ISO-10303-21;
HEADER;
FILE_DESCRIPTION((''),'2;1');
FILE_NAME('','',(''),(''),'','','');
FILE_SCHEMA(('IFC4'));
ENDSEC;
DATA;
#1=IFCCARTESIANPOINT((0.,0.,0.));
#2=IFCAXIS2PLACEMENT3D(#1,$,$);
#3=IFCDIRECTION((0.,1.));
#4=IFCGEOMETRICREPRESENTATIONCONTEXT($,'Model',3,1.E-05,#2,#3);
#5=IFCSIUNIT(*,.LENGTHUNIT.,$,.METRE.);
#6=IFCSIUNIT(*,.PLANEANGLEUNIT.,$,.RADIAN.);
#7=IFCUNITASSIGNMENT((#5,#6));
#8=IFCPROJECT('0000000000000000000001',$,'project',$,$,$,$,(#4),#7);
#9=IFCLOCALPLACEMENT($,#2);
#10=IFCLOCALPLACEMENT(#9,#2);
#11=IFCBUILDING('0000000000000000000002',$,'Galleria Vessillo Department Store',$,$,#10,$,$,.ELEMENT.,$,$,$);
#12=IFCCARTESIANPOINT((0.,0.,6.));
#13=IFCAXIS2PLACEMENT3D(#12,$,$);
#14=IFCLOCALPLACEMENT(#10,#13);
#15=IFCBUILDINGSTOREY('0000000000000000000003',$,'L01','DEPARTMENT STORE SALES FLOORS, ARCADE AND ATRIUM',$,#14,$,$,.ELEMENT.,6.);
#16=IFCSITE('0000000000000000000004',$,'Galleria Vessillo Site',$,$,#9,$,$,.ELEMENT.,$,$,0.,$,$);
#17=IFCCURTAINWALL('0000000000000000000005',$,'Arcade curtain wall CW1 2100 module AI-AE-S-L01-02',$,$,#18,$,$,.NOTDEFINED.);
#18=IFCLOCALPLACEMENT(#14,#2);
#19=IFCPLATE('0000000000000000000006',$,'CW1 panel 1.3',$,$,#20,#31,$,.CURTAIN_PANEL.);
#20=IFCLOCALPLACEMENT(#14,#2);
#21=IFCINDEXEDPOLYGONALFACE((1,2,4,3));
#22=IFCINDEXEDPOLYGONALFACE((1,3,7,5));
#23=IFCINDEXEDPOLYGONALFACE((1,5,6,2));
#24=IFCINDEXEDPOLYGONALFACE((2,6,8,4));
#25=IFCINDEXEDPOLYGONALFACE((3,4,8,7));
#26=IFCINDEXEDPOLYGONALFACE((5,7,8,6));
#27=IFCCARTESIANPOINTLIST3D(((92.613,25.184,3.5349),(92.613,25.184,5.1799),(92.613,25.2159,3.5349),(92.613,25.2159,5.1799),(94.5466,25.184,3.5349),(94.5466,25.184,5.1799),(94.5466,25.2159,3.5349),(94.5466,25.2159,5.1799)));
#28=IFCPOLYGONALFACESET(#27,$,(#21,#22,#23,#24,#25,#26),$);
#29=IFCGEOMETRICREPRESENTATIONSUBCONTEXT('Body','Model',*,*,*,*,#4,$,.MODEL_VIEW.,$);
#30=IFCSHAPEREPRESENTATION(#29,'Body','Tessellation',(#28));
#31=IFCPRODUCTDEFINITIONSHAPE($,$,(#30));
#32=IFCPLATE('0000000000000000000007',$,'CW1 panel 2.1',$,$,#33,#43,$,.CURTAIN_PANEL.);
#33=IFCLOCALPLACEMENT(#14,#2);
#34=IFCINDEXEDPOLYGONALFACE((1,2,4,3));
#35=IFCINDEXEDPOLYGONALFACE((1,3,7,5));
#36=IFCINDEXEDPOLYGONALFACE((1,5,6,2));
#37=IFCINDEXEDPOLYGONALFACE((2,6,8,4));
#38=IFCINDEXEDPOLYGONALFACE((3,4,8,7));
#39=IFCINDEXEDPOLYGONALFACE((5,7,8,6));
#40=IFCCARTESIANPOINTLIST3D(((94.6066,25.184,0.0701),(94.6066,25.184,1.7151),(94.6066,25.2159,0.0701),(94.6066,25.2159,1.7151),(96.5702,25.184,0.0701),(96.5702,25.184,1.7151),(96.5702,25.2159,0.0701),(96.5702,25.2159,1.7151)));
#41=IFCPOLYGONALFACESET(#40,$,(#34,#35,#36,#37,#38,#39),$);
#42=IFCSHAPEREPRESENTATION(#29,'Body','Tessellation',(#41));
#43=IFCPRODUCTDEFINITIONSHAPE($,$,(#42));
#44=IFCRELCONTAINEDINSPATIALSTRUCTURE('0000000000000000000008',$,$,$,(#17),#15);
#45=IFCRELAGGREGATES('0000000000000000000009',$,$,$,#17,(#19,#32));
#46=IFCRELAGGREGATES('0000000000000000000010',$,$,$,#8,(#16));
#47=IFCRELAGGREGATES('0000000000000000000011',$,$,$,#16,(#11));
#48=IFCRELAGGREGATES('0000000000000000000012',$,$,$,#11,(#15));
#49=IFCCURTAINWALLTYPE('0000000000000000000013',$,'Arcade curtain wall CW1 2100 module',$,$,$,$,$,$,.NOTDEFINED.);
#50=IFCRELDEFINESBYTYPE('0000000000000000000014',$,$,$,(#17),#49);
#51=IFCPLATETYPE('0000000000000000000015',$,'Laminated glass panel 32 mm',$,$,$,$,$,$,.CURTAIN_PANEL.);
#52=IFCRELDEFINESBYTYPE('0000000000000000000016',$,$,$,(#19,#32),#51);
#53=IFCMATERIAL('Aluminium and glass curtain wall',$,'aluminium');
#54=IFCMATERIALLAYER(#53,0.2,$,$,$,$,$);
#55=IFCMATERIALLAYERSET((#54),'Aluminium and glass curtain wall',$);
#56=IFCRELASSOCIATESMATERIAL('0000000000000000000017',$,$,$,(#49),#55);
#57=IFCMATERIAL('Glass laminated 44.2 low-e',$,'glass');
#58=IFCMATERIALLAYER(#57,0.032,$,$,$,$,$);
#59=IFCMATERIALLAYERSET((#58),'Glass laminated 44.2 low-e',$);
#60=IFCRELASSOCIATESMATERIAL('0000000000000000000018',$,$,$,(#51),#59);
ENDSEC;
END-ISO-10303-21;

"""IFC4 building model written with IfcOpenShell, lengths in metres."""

from ifc_helpers import new_model, si_unit, direction, frame, origin, origin_2d, place, context, subcontext, project, spatial, rectangle, extrude, material, layer, layer_set, type_object, element, aggregate, save


model = new_model("IFC4")

# Units and contexts
model_context = context("Model", 3, precision=1e-05, world=origin(), true_north=direction((0.0, 1.0)))
body_context = subcontext(model_context, "Body", "Model", "MODEL_VIEW")
ifc_project = project(units=[si_unit("LENGTHUNIT", "METRE"), si_unit("PLANEANGLEUNIT", "RADIAN")], contexts=[model_context])

# Site, building, storey
site_placement = place(None, origin())
site = spatial("IfcSite", under=ifc_project, at=site_placement, Name="Galleria Vessillo Site", CompositionType="ELEMENT", RefElevation=0.0)
building_placement = place(site_placement, origin())
building = spatial("IfcBuilding", under=site, at=building_placement, Name="Galleria Vessillo Department Store", CompositionType="ELEMENT")
storey_placement = place(building_placement, frame((0.0, 0.0, 6.0)))
storey = spatial("IfcBuildingStorey", under=building, at=storey_placement, Name="L01", Description="DEPARTMENT STORE SALES FLOORS, ARCADE AND ATRIUM", CompositionType="ELEMENT", Elevation=6.0)

# Curtain wall
ifc_material_1 = material(Name="Aluminium and glass curtain wall", Category="aluminium")
ifc_layer_1 = layer(ifc_material_1, 0.2)
ifc_layer_set_1 = layer_set([ifc_layer_1], Name="Aluminium and glass curtain wall")
curtain_wall_type = type_object("IfcCurtainWallType", Name="Arcade curtain wall CW1 2100 module", PredefinedType="NOTDEFINED", material=ifc_layer_set_1)
curtain_wall_1_placement = place(storey_placement, origin())
curtain_wall_1 = element("IfcCurtainWall", 1, at=curtain_wall_1_placement, inside=storey, type_object=curtain_wall_type, Name="Arcade curtain wall CW1 2100 module AI-AE-S-L01-02", PredefinedType="NOTDEFINED")

# Plates
ifc_material_2 = material(Name="Glass laminated 44.2 low-e", Category="glass")
ifc_layer_2 = layer(ifc_material_2, 0.032)
ifc_layer_set_2 = layer_set([ifc_layer_2], Name="Glass laminated 44.2 low-e")
plate_type = type_object("IfcPlateType", Name="Laminated glass panel 32 mm", PredefinedType="CURTAIN_PANEL", material=ifc_layer_set_2)
plate_1_placement = place(storey_placement, frame((93.5798, 25.2, 3.5349), z_axis=(0.0, 0.0, 1.0), x_axis=(1.0, 0.0, 0.0)))
plate_1 = element("IfcPlate", 2, at=plate_1_placement, type_object=plate_type, Name="CW1 panel 1.3", PredefinedType="CURTAIN_PANEL", context=body_context, shape_type="SweptSolid", body=[
    extrude(rectangle(XDim=1.9336, YDim=0.032, at=origin_2d()), origin(), (0.0, 0.0, 1.0), 1.645),
])
plate_2_placement = place(storey_placement, frame((95.5884, 25.2, 0.0701), z_axis=(0.0, 0.0, 1.0), x_axis=(1.0, 0.0, 0.0)))
plate_2 = element("IfcPlate", 3, at=plate_2_placement, type_object=plate_type, Name="CW1 panel 2.1", PredefinedType="CURTAIN_PANEL", context=body_context, shape_type="SweptSolid", body=[
    extrude(rectangle(XDim=1.9636, YDim=0.032, at=origin_2d()), origin(), (0.0, 0.0, 1.0), 1.645),
])
aggregate(curtain_wall_1, [plate_1, plate_2])

save(model, "model.ifc")
